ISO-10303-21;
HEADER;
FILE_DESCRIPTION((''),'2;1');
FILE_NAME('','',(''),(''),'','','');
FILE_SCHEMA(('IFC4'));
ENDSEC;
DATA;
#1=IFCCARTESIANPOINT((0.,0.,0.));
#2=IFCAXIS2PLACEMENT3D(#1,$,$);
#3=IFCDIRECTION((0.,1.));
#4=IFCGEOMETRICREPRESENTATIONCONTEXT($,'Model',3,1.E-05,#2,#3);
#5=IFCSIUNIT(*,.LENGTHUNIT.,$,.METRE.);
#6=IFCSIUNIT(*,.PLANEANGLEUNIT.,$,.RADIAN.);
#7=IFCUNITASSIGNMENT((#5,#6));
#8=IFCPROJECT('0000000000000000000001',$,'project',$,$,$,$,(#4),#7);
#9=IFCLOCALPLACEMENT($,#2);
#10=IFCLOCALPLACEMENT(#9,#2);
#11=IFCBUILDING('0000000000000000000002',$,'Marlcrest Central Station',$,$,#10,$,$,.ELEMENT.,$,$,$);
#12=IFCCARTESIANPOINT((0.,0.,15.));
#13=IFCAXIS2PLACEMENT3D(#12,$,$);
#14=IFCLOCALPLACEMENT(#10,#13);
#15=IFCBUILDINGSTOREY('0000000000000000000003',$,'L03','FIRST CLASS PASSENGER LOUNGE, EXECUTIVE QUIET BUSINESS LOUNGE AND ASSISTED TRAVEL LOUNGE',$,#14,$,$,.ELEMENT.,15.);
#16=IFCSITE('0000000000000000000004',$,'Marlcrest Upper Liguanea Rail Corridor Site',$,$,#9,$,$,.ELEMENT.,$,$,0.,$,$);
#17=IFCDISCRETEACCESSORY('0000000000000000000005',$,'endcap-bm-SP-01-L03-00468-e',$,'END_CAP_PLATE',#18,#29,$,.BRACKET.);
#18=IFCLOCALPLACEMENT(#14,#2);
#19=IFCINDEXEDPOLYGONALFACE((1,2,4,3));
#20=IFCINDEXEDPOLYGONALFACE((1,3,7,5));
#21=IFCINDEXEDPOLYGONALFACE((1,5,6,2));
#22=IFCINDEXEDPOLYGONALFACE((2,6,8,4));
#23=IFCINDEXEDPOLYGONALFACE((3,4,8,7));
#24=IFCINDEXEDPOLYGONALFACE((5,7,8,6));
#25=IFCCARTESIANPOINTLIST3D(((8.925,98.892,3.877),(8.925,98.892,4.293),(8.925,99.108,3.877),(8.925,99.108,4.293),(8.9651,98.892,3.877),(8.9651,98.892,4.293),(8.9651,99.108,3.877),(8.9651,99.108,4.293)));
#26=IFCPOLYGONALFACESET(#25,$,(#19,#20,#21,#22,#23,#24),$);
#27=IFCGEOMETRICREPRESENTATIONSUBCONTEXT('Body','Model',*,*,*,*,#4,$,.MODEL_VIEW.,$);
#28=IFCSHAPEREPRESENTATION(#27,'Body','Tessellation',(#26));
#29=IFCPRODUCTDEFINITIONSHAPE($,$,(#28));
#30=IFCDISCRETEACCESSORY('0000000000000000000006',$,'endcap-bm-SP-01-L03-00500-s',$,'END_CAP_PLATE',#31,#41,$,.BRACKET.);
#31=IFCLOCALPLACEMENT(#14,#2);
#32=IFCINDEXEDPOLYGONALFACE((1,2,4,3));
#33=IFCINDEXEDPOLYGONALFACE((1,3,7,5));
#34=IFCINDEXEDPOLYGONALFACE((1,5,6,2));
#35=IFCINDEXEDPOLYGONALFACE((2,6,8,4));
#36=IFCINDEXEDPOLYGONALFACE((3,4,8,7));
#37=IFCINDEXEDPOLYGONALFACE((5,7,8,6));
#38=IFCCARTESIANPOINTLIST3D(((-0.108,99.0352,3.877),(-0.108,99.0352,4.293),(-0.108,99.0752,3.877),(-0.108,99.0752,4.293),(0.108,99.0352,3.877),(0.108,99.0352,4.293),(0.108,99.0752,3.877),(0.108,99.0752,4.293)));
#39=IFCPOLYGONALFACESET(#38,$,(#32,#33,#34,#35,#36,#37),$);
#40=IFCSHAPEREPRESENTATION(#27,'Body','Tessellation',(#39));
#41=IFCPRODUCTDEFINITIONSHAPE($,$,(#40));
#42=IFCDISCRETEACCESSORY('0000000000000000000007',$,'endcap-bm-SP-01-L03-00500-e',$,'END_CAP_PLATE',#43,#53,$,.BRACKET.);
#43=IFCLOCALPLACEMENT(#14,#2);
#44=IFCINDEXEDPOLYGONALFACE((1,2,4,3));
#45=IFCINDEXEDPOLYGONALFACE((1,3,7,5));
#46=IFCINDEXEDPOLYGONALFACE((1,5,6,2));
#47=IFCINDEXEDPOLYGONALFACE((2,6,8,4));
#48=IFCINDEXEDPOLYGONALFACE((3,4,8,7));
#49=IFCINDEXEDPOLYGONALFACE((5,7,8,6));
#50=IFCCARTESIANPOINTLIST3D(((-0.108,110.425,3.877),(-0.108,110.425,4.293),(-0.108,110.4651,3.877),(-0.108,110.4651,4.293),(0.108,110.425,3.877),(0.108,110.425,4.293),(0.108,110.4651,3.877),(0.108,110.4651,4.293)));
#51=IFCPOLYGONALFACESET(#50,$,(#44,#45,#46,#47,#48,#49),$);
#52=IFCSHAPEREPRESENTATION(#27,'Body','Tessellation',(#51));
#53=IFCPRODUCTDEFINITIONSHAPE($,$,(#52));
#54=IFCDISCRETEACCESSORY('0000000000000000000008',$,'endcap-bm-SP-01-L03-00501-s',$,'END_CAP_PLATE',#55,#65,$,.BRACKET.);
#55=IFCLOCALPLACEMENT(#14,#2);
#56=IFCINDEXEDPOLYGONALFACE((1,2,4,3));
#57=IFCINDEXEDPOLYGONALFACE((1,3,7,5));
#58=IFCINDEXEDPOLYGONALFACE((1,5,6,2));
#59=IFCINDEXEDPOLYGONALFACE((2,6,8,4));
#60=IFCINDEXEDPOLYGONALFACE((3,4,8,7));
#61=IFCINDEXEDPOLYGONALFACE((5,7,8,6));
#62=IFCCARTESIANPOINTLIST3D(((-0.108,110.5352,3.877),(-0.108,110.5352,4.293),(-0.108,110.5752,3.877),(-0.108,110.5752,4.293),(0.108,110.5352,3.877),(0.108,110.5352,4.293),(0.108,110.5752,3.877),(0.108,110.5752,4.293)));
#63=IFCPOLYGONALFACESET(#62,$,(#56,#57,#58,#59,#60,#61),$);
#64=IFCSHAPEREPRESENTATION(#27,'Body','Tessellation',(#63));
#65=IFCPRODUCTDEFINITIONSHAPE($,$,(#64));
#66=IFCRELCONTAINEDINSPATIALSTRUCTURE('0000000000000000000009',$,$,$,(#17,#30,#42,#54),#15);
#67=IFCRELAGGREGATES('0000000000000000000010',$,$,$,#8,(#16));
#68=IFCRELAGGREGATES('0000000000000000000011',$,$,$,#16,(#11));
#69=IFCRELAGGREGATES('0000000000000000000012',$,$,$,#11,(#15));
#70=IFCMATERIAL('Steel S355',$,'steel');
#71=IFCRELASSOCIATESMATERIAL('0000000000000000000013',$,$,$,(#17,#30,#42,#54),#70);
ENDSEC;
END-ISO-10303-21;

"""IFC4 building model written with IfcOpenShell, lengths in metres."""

from ifc_helpers import new_model, si_unit, direction, frame, origin, origin_2d, place, context, subcontext, project, spatial, rectangle, extrude, material, element, save


model = new_model("IFC4")

# Units and contexts
model_context = context("Model", 3, precision=1e-05, world=origin(), true_north=direction((0.0, 1.0)))
body_context = subcontext(model_context, "Body", "Model", "MODEL_VIEW")
ifc_project = project(units=[si_unit("LENGTHUNIT", "METRE"), si_unit("PLANEANGLEUNIT", "RADIAN")], contexts=[model_context])

# Site, building, storey
site_placement = place(None, origin())
site = spatial("IfcSite", under=ifc_project, at=site_placement, Name="Marlcrest Upper Liguanea Rail Corridor Site", CompositionType="ELEMENT", RefElevation=0.0)
building_placement = place(site_placement, origin())
building = spatial("IfcBuilding", under=site, at=building_placement, Name="Marlcrest Central Station", CompositionType="ELEMENT")
storey_placement = place(building_placement, frame((0.0, 0.0, 15.0)))
storey = spatial("IfcBuildingStorey", under=building, at=storey_placement, Name="L03", Description="FIRST CLASS PASSENGER LOUNGE, EXECUTIVE QUIET BUSINESS LOUNGE AND ASSISTED TRAVEL LOUNGE", CompositionType="ELEMENT", Elevation=15.0)

# Shared definitions
ifc_material_1 = material(Name="Steel S355", Category="steel")

# Discrete accessories
for number, where, z_axis, x_axis, name in (
    (1, (8.925, 99.0, 4.085), (1.0, 0.0, 0.0), (0.0, 1.0, 0.0), "endcap-bm-SP-01-L03-00468-e"),
    (2, (0.0, 99.0352, 4.085), (0.0, 1.0, 0.0), (-1.0, 0.0, 0.0), "endcap-bm-SP-01-L03-00500-s"),
    (3, (0.0, 110.425, 4.085), (0.0, 1.0, 0.0), (-1.0, 0.0, 0.0), "endcap-bm-SP-01-L03-00500-e"),
    (4, (0.0, 110.5352, 4.085), (0.0, 1.0, 0.0), (-1.0, 0.0, 0.0), "endcap-bm-SP-01-L03-00501-s"),
):
    element("IfcDiscreteAccessory", number, at=place(storey_placement, frame(where, z_axis=z_axis, x_axis=x_axis)), inside=storey, material=ifc_material_1, Name=name, ObjectType="END_CAP_PLATE", PredefinedType="BRACKET", context=body_context, shape_type="SweptSolid", body=[
        extrude(rectangle(XDim=0.2161, YDim=0.416, at=origin_2d()), origin(), (0.0, 0.0, 1.0), 0.04),
    ])

save(model, "model.ifc")
